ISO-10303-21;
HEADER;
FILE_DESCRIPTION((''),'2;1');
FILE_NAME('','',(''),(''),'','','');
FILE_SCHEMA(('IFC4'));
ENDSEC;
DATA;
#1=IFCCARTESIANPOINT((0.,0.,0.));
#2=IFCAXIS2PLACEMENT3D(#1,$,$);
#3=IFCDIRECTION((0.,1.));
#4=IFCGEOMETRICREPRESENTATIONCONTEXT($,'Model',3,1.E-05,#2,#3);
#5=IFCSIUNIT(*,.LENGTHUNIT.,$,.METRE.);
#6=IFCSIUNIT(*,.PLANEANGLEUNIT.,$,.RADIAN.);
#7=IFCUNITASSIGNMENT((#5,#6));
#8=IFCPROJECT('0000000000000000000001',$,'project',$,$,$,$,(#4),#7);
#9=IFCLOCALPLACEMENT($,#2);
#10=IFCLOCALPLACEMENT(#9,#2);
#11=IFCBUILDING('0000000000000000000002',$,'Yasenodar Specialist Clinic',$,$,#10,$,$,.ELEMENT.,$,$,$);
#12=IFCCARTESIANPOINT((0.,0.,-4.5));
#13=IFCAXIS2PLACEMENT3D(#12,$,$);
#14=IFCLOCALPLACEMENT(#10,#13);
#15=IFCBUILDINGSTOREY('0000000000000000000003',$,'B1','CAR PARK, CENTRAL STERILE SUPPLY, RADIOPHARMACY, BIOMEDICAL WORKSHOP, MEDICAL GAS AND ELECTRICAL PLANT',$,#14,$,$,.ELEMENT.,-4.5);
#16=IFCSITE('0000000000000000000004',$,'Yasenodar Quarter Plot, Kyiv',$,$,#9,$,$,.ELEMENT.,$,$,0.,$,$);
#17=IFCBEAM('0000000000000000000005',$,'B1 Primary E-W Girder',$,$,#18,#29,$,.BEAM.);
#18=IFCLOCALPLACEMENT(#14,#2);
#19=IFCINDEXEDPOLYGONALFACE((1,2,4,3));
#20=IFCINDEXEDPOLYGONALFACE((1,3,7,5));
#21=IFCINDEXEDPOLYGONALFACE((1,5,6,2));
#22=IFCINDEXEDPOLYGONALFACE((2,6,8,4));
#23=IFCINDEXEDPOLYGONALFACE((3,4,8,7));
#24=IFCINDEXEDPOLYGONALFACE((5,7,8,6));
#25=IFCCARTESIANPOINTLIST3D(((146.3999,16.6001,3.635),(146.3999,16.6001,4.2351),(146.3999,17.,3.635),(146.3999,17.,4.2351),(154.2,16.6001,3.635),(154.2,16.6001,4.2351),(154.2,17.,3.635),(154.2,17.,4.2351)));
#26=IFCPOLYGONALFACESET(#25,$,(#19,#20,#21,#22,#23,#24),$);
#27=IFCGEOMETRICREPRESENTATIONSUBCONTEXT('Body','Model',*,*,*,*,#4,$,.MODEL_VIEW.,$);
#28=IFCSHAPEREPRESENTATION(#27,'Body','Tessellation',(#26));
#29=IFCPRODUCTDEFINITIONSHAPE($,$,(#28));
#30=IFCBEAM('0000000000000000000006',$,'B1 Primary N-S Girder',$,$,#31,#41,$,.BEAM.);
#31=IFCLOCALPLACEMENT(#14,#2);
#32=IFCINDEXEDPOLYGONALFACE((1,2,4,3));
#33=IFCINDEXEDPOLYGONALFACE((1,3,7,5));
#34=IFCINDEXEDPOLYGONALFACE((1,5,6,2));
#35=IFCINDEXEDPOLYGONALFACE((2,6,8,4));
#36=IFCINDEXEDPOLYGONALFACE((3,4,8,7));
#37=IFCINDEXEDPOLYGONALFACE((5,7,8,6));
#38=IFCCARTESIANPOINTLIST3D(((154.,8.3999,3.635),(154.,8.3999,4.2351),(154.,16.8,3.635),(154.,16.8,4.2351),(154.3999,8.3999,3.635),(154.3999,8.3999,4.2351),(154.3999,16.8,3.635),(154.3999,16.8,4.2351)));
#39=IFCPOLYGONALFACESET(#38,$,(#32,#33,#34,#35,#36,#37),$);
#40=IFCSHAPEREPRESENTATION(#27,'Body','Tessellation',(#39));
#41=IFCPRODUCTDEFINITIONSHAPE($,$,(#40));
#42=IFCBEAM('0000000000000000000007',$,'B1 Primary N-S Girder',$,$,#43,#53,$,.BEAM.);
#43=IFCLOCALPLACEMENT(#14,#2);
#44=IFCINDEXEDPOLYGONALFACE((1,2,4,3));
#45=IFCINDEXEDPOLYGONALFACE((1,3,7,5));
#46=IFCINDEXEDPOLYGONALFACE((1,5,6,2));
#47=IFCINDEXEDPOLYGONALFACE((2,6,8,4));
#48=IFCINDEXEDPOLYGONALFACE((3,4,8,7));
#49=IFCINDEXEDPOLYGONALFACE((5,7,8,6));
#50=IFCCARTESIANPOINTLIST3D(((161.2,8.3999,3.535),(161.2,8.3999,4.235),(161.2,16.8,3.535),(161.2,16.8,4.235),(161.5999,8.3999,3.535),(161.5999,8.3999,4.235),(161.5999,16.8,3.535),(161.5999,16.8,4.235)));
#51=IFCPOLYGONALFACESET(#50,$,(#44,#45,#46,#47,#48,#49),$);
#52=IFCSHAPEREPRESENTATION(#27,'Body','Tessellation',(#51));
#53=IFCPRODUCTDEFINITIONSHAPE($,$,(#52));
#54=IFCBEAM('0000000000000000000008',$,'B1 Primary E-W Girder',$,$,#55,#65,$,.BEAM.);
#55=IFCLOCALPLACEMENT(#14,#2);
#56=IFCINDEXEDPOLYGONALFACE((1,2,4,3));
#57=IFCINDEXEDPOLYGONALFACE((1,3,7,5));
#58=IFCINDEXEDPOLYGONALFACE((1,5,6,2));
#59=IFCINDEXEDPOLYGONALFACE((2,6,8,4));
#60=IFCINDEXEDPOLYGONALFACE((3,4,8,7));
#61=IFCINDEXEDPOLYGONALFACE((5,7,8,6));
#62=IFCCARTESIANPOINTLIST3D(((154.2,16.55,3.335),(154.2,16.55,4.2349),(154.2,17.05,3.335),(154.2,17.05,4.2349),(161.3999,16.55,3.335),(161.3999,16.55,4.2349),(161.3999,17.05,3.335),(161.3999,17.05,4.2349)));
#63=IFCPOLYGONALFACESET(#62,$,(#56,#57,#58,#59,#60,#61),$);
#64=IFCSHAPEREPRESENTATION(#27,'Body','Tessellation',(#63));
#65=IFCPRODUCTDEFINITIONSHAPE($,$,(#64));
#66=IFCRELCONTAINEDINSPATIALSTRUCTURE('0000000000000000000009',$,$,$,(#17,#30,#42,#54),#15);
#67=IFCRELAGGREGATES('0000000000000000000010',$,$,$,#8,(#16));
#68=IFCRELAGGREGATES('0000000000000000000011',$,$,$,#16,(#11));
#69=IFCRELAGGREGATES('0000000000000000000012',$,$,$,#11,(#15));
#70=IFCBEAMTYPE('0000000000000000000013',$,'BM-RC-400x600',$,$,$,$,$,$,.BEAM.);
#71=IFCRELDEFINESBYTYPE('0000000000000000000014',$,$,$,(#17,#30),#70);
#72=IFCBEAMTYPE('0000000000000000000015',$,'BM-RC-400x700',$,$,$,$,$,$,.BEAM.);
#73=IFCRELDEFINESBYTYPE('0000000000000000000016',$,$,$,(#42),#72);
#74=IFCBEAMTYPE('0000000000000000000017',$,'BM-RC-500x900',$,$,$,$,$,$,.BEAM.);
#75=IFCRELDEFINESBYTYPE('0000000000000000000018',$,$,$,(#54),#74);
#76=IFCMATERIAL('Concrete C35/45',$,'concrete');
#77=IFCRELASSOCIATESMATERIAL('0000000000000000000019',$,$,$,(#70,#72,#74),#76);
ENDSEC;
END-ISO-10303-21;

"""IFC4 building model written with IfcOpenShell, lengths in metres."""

from ifc_helpers import new_model, si_unit, direction, frame, origin, origin_2d, place, context, subcontext, project, spatial, rectangle, extrude, material, material_profile, profile_set, type_object, element, save


model = new_model("IFC4")

# Units and contexts
model_context = context("Model", 3, precision=1e-05, world=origin(), true_north=direction((0.0, 1.0)))
body_context = subcontext(model_context, "Body", "Model", "MODEL_VIEW")
ifc_project = project(units=[si_unit("LENGTHUNIT", "METRE"), si_unit("PLANEANGLEUNIT", "RADIAN")], contexts=[model_context])

# Site, building, storey
site_placement = place(None, origin())
site = spatial("IfcSite", under=ifc_project, at=site_placement, Name="Yasenodar Quarter Plot, Kyiv", CompositionType="ELEMENT", RefElevation=0.0)
building_placement = place(site_placement, origin())
building = spatial("IfcBuilding", under=site, at=building_placement, Name="Yasenodar Specialist Clinic", CompositionType="ELEMENT")
storey_placement = place(building_placement, frame((0.0, 0.0, -4.5)))
storey = spatial("IfcBuildingStorey", under=building, at=storey_placement, Name="B1", Description="CAR PARK, CENTRAL STERILE SUPPLY, RADIOPHARMACY, BIOMEDICAL WORKSHOP, MEDICAL GAS AND ELECTRICAL PLANT", CompositionType="ELEMENT", Elevation=-4.5)

# Shared definitions
ifc_material_1 = material(Name="Concrete C35/45", Category="concrete")

# Beams
ifc_material_profile_1 = material_profile(ifc_material_1, rectangle(XDim=0.3999, YDim=0.6001, at=origin_2d()), Name="RC 400x600")
ifc_profile_set_1 = profile_set([ifc_material_profile_1], Name="Concrete C35/45")
beam_type_1 = type_object("IfcBeamType", Name="BM-RC-400x600", PredefinedType="BEAM", material=ifc_profile_set_1)
beam_1_placement = place(storey_placement, frame((146.3999, 16.8, 3.9351), z_axis=(1.0, 0.0, 0.0), x_axis=(0.0, 1.0, 0.0)))
element("IfcBeam", 1, at=beam_1_placement, inside=storey, type_object=beam_type_1, Name="B1 Primary E-W Girder", PredefinedType="BEAM", context=body_context, shape_type="SweptSolid", body=[
    extrude(rectangle(XDim=0.3999, YDim=0.6001, at=origin_2d()), origin(), (0.0, 0.0, 1.0), 7.8),
])
beam_2_placement = place(storey_placement, frame((154.2, 8.3999, 3.9351), z_axis=(0.0, 1.0, 0.0), x_axis=(-1.0, 0.0, 0.0)))
element("IfcBeam", 2, at=beam_2_placement, inside=storey, type_object=beam_type_1, Name="B1 Primary N-S Girder", PredefinedType="BEAM", context=body_context, shape_type="SweptSolid", body=[
    extrude(rectangle(XDim=0.3999, YDim=0.6001, at=origin_2d()), origin(), (0.0, 0.0, 1.0), 8.4001),
])
ifc_material_profile_2 = material_profile(ifc_material_1, rectangle(XDim=0.3999, YDim=0.7, at=origin_2d()), Name="RC 400x700")
ifc_profile_set_2 = profile_set([ifc_material_profile_2], Name="Concrete C35/45")
beam_type_2 = type_object("IfcBeamType", Name="BM-RC-400x700", PredefinedType="BEAM", material=ifc_profile_set_2)
beam_3_placement = place(storey_placement, frame((161.3999, 8.3999, 3.885), z_axis=(0.0, 1.0, 0.0), x_axis=(-1.0, 0.0, 0.0)))
element("IfcBeam", 3, at=beam_3_placement, inside=storey, type_object=beam_type_2, Name="B1 Primary N-S Girder", PredefinedType="BEAM", context=body_context, shape_type="SweptSolid", body=[
    extrude(rectangle(XDim=0.3999, YDim=0.7, at=origin_2d()), origin(), (0.0, 0.0, 1.0), 8.4001),
])
ifc_material_profile_3 = material_profile(ifc_material_1, rectangle(XDim=0.5, YDim=0.8999, at=origin_2d()), Name="RC 500x900")
ifc_profile_set_3 = profile_set([ifc_material_profile_3], Name="Concrete C35/45")
beam_type_3 = type_object("IfcBeamType", Name="BM-RC-500x900", PredefinedType="BEAM", material=ifc_profile_set_3)
beam_4_placement = place(storey_placement, frame((154.2, 16.8, 3.7849), z_axis=(1.0, 0.0, 0.0), x_axis=(0.0, 1.0, 0.0)))
element("IfcBeam", 4, at=beam_4_placement, inside=storey, type_object=beam_type_3, Name="B1 Primary E-W Girder", PredefinedType="BEAM", context=body_context, shape_type="SweptSolid", body=[
    extrude(rectangle(XDim=0.5, YDim=0.8999, at=origin_2d()), origin(), (0.0, 0.0, 1.0), 7.2),
])

save(model, "model.ifc")
